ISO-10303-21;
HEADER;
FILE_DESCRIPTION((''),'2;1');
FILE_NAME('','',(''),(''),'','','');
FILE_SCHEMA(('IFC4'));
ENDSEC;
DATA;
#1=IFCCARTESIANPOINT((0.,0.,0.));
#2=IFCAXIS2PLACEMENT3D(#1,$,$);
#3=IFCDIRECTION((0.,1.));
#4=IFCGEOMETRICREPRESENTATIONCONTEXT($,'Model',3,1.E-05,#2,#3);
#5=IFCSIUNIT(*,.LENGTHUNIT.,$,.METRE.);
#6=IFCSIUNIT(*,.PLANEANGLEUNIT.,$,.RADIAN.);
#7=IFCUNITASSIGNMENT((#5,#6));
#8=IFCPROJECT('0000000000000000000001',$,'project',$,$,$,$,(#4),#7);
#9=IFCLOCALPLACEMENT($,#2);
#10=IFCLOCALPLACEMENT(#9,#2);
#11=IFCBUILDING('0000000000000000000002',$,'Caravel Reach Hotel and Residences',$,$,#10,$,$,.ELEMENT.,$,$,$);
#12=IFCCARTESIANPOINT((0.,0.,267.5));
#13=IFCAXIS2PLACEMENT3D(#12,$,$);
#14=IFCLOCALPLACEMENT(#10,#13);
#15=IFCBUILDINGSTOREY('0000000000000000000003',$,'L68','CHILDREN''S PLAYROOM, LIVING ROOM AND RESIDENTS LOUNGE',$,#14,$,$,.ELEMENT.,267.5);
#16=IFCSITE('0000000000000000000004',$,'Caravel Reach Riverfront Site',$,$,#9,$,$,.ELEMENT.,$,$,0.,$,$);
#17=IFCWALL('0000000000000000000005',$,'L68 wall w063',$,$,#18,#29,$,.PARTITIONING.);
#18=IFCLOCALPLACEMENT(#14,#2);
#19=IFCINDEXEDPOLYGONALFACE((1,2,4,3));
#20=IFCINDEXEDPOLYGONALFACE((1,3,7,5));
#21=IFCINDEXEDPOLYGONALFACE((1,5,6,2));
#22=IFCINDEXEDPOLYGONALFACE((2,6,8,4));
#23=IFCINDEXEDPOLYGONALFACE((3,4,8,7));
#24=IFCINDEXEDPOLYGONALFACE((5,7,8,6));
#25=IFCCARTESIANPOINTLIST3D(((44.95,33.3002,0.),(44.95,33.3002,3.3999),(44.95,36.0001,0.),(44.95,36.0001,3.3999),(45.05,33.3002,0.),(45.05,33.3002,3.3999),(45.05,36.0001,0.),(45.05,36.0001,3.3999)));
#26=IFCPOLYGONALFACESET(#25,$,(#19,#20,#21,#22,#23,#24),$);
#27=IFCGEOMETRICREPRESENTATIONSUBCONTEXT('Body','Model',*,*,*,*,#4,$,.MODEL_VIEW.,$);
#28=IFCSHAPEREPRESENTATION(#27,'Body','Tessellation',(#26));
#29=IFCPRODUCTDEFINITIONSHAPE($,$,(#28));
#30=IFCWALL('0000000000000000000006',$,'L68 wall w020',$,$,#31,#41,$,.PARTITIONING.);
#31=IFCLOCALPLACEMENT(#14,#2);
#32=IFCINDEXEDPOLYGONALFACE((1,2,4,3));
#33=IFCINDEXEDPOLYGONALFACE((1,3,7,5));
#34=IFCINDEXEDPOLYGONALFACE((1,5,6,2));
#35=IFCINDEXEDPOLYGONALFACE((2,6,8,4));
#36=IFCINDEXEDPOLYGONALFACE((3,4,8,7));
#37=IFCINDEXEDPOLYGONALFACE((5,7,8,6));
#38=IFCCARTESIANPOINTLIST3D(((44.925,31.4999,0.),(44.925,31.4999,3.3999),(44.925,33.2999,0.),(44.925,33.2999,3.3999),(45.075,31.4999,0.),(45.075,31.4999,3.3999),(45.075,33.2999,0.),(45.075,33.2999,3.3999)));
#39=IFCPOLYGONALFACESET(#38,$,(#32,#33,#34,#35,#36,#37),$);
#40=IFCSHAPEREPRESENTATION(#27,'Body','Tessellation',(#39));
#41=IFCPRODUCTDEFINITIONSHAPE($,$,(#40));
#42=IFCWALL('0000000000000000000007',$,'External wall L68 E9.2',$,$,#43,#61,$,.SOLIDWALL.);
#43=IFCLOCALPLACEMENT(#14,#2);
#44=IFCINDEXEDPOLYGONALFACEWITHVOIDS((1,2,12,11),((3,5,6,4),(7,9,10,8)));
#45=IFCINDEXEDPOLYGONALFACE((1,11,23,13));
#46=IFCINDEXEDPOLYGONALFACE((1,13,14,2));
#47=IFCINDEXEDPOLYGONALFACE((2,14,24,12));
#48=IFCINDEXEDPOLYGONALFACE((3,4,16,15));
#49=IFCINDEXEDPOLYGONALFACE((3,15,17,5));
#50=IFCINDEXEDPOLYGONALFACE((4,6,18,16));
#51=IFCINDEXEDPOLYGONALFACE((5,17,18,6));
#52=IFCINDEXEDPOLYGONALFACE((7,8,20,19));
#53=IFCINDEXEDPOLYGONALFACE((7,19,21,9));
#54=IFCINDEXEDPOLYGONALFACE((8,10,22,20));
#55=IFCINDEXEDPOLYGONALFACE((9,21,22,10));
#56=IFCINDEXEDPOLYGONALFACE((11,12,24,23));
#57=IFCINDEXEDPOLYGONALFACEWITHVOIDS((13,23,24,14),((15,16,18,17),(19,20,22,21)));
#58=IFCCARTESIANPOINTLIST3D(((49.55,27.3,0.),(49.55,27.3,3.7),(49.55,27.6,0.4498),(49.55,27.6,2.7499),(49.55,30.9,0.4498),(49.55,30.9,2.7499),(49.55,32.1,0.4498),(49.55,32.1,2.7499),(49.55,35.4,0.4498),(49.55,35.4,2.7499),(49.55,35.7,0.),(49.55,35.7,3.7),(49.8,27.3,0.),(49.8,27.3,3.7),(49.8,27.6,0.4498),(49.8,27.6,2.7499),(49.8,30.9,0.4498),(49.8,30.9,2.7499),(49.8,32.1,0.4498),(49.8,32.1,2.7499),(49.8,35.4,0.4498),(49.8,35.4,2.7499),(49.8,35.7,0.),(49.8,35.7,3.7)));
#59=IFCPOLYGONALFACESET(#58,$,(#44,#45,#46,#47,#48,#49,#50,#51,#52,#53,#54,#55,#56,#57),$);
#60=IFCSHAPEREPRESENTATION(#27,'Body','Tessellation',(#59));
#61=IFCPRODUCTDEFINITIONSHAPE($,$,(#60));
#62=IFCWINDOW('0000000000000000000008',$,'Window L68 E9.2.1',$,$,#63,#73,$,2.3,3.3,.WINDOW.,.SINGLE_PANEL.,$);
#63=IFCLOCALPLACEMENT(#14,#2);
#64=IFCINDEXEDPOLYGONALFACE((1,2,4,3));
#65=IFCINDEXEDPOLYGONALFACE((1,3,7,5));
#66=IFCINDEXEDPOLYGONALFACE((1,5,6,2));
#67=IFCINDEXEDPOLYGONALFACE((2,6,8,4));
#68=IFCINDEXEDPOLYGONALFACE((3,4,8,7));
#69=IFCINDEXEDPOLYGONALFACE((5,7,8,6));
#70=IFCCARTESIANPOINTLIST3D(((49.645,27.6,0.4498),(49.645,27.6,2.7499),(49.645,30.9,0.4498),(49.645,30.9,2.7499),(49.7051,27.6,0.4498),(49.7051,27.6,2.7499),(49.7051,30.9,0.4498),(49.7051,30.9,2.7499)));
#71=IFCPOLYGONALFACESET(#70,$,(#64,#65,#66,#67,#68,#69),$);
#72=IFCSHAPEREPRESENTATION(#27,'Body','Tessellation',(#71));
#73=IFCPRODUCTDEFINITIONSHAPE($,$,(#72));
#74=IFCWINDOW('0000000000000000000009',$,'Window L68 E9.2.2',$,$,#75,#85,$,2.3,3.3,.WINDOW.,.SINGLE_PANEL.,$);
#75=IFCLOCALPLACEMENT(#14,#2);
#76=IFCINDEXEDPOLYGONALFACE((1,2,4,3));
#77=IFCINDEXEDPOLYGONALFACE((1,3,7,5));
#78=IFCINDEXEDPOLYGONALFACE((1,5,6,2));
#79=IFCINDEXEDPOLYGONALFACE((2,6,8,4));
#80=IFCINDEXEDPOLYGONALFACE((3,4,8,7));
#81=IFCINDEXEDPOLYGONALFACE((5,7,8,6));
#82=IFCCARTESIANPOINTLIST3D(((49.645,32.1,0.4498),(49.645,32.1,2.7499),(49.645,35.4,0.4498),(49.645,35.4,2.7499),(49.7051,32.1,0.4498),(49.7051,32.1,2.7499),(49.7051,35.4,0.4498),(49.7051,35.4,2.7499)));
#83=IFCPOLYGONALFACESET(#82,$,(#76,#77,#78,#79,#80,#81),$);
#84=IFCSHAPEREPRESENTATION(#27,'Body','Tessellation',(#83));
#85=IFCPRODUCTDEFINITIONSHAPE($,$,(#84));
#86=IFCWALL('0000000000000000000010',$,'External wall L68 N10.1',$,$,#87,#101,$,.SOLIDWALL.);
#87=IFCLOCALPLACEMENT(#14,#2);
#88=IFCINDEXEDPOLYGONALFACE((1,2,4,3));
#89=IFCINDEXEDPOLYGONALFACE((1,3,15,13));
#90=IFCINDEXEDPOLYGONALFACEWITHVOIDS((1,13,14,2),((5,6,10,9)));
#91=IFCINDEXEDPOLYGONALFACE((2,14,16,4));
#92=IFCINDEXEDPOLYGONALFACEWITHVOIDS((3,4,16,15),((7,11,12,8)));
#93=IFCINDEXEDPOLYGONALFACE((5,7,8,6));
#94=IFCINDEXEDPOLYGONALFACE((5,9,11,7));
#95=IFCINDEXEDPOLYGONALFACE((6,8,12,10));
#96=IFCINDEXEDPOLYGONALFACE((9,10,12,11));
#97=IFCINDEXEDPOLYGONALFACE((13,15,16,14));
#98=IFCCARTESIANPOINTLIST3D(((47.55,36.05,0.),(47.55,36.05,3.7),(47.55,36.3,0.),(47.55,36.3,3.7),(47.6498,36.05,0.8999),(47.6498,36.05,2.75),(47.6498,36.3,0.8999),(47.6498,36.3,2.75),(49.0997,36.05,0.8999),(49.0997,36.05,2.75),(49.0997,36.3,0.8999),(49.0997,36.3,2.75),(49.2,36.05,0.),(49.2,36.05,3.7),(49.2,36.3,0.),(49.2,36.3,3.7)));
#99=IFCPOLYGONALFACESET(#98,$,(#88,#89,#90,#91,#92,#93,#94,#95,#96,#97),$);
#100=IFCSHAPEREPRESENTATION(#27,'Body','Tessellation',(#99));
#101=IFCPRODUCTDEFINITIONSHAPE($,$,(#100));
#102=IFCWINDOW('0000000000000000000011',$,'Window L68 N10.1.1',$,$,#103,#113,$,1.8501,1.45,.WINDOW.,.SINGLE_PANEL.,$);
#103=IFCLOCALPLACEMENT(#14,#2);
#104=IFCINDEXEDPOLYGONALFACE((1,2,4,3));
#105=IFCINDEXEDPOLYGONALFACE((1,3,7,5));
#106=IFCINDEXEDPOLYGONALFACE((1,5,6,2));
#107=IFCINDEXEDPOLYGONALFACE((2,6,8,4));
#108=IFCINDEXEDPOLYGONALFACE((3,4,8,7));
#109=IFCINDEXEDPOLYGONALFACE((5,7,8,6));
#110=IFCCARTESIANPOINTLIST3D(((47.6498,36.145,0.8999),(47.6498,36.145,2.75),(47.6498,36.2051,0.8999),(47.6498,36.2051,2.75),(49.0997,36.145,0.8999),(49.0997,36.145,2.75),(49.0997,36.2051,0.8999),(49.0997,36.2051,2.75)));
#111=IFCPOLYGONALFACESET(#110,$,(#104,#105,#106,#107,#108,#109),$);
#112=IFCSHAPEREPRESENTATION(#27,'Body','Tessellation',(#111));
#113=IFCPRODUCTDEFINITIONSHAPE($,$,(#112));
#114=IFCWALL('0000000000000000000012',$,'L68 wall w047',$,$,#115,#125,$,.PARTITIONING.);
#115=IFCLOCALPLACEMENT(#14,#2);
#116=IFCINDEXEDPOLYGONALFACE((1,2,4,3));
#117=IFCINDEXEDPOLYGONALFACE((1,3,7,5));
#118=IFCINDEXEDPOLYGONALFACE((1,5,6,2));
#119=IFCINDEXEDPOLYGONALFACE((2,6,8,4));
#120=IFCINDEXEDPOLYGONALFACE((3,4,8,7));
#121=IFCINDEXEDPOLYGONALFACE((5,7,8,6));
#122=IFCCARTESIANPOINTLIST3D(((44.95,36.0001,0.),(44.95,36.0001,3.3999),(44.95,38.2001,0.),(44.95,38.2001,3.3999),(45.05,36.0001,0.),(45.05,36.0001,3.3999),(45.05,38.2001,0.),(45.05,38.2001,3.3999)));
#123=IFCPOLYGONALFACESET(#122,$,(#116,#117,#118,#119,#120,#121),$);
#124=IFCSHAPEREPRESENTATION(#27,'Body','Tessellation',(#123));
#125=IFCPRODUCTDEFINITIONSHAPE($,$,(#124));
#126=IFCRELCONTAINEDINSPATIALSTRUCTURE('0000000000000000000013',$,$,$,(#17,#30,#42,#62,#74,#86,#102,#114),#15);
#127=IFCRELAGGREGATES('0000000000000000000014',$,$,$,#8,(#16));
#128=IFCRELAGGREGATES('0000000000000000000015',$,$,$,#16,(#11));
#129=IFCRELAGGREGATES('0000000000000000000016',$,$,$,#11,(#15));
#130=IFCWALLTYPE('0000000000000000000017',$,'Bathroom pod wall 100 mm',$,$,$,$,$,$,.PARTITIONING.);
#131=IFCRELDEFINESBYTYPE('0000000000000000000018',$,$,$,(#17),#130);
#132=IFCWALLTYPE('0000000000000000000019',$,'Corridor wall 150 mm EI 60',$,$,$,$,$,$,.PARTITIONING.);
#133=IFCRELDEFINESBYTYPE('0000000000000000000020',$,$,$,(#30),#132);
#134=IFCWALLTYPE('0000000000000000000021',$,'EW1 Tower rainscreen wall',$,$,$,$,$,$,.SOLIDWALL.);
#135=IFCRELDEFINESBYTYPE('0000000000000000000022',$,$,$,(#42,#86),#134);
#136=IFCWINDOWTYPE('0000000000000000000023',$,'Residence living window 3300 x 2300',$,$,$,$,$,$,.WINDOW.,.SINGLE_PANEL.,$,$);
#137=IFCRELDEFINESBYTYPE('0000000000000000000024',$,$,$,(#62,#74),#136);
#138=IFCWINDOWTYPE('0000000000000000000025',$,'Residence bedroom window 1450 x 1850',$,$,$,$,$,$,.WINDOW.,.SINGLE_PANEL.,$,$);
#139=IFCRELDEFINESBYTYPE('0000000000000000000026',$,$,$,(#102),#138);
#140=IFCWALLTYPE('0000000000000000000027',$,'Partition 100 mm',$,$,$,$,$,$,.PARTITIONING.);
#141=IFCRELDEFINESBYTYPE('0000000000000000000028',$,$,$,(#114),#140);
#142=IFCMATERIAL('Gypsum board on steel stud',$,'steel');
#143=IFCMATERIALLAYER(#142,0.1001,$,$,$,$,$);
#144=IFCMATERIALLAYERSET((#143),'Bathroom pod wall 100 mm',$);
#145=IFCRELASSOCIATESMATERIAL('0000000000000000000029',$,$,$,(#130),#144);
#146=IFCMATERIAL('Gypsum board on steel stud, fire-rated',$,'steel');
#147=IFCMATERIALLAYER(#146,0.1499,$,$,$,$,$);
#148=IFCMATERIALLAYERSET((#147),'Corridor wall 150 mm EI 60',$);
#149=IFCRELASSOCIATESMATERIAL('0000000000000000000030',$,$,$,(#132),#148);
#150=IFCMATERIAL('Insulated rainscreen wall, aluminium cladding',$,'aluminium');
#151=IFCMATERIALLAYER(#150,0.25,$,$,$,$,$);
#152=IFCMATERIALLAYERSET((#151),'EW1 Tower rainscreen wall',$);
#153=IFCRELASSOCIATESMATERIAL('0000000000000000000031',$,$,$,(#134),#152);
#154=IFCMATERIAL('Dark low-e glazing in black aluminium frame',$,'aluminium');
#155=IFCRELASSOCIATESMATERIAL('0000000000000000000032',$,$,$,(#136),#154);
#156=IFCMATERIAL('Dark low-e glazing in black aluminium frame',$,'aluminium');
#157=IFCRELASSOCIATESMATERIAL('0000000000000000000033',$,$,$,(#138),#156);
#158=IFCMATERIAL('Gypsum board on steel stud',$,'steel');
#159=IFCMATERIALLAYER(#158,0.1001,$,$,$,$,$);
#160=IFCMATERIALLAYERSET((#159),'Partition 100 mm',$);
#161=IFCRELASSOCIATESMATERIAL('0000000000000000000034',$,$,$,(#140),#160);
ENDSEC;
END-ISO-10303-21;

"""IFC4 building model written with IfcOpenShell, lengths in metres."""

from ifc_helpers import new_model, si_unit, direction, frame, frame_2d, origin, place, context, subcontext, project, spatial, rectangle, extrude, material, layer, layer_set, type_object, element, fill, save


model = new_model("IFC4")

# Units and contexts
model_context = context("Model", 3, precision=1e-05, world=origin(), true_north=direction((0.0, 1.0)))
body_context = subcontext(model_context, "Body", "Model", "MODEL_VIEW")
ifc_project = project(units=[si_unit("LENGTHUNIT", "METRE"), si_unit("PLANEANGLEUNIT", "RADIAN")], contexts=[model_context])

# Site, building, storey
site_placement = place(None, origin())
site = spatial("IfcSite", under=ifc_project, at=site_placement, Name="Caravel Reach Riverfront Site", CompositionType="ELEMENT", RefElevation=0.0)
building_placement = place(site_placement, origin())
building = spatial("IfcBuilding", under=site, at=building_placement, Name="Caravel Reach Hotel and Residences", CompositionType="ELEMENT")
storey_placement = place(building_placement, frame((0.0, 0.0, 267.5)))
storey = spatial("IfcBuildingStorey", under=building, at=storey_placement, Name="L68", Description="CHILDREN'S PLAYROOM, LIVING ROOM AND RESIDENTS LOUNGE", CompositionType="ELEMENT", Elevation=267.5)

# Shared definitions
ifc_material_1 = material(Name="Gypsum board on steel stud", Category="steel")
ifc_layer_1 = layer(ifc_material_1, 0.1001)
ifc_layer_set_1 = layer_set([ifc_layer_1], Name="Bathroom pod wall 100 mm")
wall_type_1 = type_object("IfcWallType", Name="Bathroom pod wall 100 mm", PredefinedType="PARTITIONING", material=ifc_layer_set_1)

# Walls
wall_1_placement = place(storey_placement, frame((45.0, 33.3, 0.0), z_axis=(0.0, 0.0, 1.0), x_axis=(0.0, 1.0, 0.0)))
element("IfcWall", 1, at=wall_1_placement, inside=storey, type_object=wall_type_1, Name="L68 wall w063", PredefinedType="PARTITIONING", context=body_context, shape_type="SweptSolid", body=[
    extrude(rectangle(XDim=2.7, YDim=0.1001, at=frame_2d((1.3501, 0.0))), origin(), (0.0, 0.0, 1.0), 3.3999),
])
ifc_material_2 = material(Name="Gypsum board on steel stud, fire-rated", Category="steel")
ifc_layer_2 = layer(ifc_material_2, 0.1499)
ifc_layer_set_2 = layer_set([ifc_layer_2], Name="Corridor wall 150 mm EI 60")
wall_type_2 = type_object("IfcWallType", Name="Corridor wall 150 mm EI 60", PredefinedType="PARTITIONING", material=ifc_layer_set_2)
wall_2_placement = place(storey_placement, frame((45.0, 31.5, 0.0), z_axis=(0.0, 0.0, 1.0), x_axis=(0.0, 1.0, 0.0)))
element("IfcWall", 2, at=wall_2_placement, inside=storey, type_object=wall_type_2, Name="L68 wall w020", PredefinedType="PARTITIONING", context=body_context, shape_type="SweptSolid", body=[
    extrude(rectangle(XDim=1.8, YDim=0.1499, at=frame_2d((0.8999, 0.0))), origin(), (0.0, 0.0, 1.0), 3.3999),
])

# Wall, openings, windows
ifc_material_3 = material(Name="Insulated rainscreen wall, aluminium cladding", Category="aluminium")
ifc_layer_3 = layer(ifc_material_3, 0.25)
ifc_layer_set_3 = layer_set([ifc_layer_3], Name="EW1 Tower rainscreen wall")
wall_type_3 = type_object("IfcWallType", Name="EW1 Tower rainscreen wall", PredefinedType="SOLIDWALL", material=ifc_layer_set_3)
wall_3_placement = place(storey_placement, frame((49.675, 27.3, 0.0), z_axis=(0.0, 0.0, 1.0), x_axis=(0.0, 1.0, 0.0)))
wall_3 = element("IfcWall", 3, at=wall_3_placement, inside=storey, type_object=wall_type_3, Name="External wall L68 E9.2", PredefinedType="SOLIDWALL", context=body_context, shape_type="SweptSolid", body=[
    extrude(rectangle(XDim=8.3999, YDim=0.25, at=frame_2d((4.2, 0.0))), origin(), (0.0, 0.0, 1.0), 3.7),
])
opening_1_placement = place(wall_3_placement, frame((0.3, 0.0, 0.45)))
opening_1 = element("IfcOpeningElement", 4, at=opening_1_placement, cuts=wall_3, PredefinedType="OPENING", context=body_context, shape_type="SweptSolid", body=[
    extrude(rectangle(XDim=3.3, YDim=2.3, at=frame_2d((1.6499, 1.1499))), frame((0.0, 0.135, 0.0), z_axis=(0.0, -1.0, 0.0), x_axis=(1.0, 0.0, 0.0)), (0.0, 0.0, 1.0), 0.27),
])
opening_2_placement = place(wall_3_placement, frame((4.8, 0.0, 0.45)))
opening_2 = element("IfcOpeningElement", 5, at=opening_2_placement, cuts=wall_3, PredefinedType="OPENING", context=body_context, shape_type="SweptSolid", body=[
    extrude(rectangle(XDim=3.3, YDim=2.3, at=frame_2d((1.6499, 1.1499))), frame((0.0, 0.135, 0.0), z_axis=(0.0, -1.0, 0.0), x_axis=(1.0, 0.0, 0.0)), (0.0, 0.0, 1.0), 0.27),
])
ifc_material_4 = material(Name="Dark low-e glazing in black aluminium frame", Category="aluminium")
window_type_1 = type_object("IfcWindowType", Name="Residence living window 3300 x 2300", PartitioningType="SINGLE_PANEL", PredefinedType="WINDOW", material=ifc_material_4)
window_1_placement = place(opening_1_placement, origin())
window_1 = element("IfcWindow", 6, at=window_1_placement, inside=storey, type_object=window_type_1, Name="Window L68 E9.2.1", OverallHeight=2.3, OverallWidth=3.3, PartitioningType="SINGLE_PANEL", PredefinedType="WINDOW", context=body_context, shape_type="SweptSolid", body=[
    extrude(rectangle(XDim=3.3, YDim=2.3, at=frame_2d((1.6499, 1.1499))), frame((0.0, 0.03, 0.0), z_axis=(0.0, -1.0, 0.0), x_axis=(1.0, 0.0, 0.0)), (0.0, 0.0, 1.0), 0.0601),
])
fill(opening_1, window_1)
window_2_placement = place(opening_2_placement, origin())
window_2 = element("IfcWindow", 7, at=window_2_placement, inside=storey, type_object=window_type_1, Name="Window L68 E9.2.2", OverallHeight=2.3, OverallWidth=3.3, PartitioningType="SINGLE_PANEL", PredefinedType="WINDOW", context=body_context, shape_type="SweptSolid", body=[
    extrude(rectangle(XDim=3.3, YDim=2.3, at=frame_2d((1.6499, 1.1499))), frame((0.0, 0.03, 0.0), z_axis=(0.0, -1.0, 0.0), x_axis=(1.0, 0.0, 0.0)), (0.0, 0.0, 1.0), 0.0601),
])
fill(opening_2, window_2)

# Wall, opening, window
wall_4_placement = place(storey_placement, frame((49.2, 36.175, 0.0), z_axis=(0.0, 0.0, 1.0), x_axis=(-1.0, 0.0, 0.0)))
wall_4 = element("IfcWall", 8, at=wall_4_placement, inside=storey, type_object=wall_type_3, Name="External wall L68 N10.1", PredefinedType="SOLIDWALL", context=body_context, shape_type="SweptSolid", body=[
    extrude(rectangle(XDim=1.6499, YDim=0.25, at=frame_2d((0.825, 0.0))), origin(), (0.0, 0.0, 1.0), 3.7),
])
opening_3_placement = place(wall_4_placement, frame((0.1001, 0.0, 0.8999)))
opening_3 = element("IfcOpeningElement", 9, at=opening_3_placement, cuts=wall_4, PredefinedType="OPENING", context=body_context, shape_type="SweptSolid", body=[
    extrude(rectangle(XDim=1.45, YDim=1.8501, at=frame_2d((0.7251, 0.925))), frame((0.0, 0.135, 0.0), z_axis=(0.0, -1.0, 0.0), x_axis=(1.0, 0.0, 0.0)), (0.0, 0.0, 1.0), 0.27),
])
ifc_material_5 = material(Name="Dark low-e glazing in black aluminium frame", Category="aluminium")
window_type_2 = type_object("IfcWindowType", Name="Residence bedroom window 1450 x 1850", PartitioningType="SINGLE_PANEL", PredefinedType="WINDOW", material=ifc_material_5)
window_3_placement = place(opening_3_placement, origin())
window_3 = element("IfcWindow", 10, at=window_3_placement, inside=storey, type_object=window_type_2, Name="Window L68 N10.1.1", OverallHeight=1.8501, OverallWidth=1.45, PartitioningType="SINGLE_PANEL", PredefinedType="WINDOW", context=body_context, shape_type="SweptSolid", body=[
    extrude(rectangle(XDim=1.45, YDim=1.8501, at=frame_2d((0.7251, 0.925))), frame((0.0, 0.03, 0.0), z_axis=(0.0, -1.0, 0.0), x_axis=(1.0, 0.0, 0.0)), (0.0, 0.0, 1.0), 0.0601),
])
fill(opening_3, window_3)

# Wall
ifc_material_6 = material(Name="Gypsum board on steel stud", Category="steel")
ifc_layer_4 = layer(ifc_material_6, 0.1001)
ifc_layer_set_4 = layer_set([ifc_layer_4], Name="Partition 100 mm")
wall_type_4 = type_object("IfcWallType", Name="Partition 100 mm", PredefinedType="PARTITIONING", material=ifc_layer_set_4)
wall_5_placement = place(storey_placement, frame((45.0, 36.0, 0.0), z_axis=(0.0, 0.0, 1.0), x_axis=(0.0, 1.0, 0.0)))
element("IfcWall", 11, at=wall_5_placement, inside=storey, type_object=wall_type_4, Name="L68 wall w047", PredefinedType="PARTITIONING", context=body_context, shape_type="SweptSolid", body=[
    extrude(rectangle(XDim=2.2, YDim=0.1001, at=frame_2d((1.1001, 0.0))), origin(), (0.0, 0.0, 1.0), 3.3999),
])

save(model, "model.ifc")
